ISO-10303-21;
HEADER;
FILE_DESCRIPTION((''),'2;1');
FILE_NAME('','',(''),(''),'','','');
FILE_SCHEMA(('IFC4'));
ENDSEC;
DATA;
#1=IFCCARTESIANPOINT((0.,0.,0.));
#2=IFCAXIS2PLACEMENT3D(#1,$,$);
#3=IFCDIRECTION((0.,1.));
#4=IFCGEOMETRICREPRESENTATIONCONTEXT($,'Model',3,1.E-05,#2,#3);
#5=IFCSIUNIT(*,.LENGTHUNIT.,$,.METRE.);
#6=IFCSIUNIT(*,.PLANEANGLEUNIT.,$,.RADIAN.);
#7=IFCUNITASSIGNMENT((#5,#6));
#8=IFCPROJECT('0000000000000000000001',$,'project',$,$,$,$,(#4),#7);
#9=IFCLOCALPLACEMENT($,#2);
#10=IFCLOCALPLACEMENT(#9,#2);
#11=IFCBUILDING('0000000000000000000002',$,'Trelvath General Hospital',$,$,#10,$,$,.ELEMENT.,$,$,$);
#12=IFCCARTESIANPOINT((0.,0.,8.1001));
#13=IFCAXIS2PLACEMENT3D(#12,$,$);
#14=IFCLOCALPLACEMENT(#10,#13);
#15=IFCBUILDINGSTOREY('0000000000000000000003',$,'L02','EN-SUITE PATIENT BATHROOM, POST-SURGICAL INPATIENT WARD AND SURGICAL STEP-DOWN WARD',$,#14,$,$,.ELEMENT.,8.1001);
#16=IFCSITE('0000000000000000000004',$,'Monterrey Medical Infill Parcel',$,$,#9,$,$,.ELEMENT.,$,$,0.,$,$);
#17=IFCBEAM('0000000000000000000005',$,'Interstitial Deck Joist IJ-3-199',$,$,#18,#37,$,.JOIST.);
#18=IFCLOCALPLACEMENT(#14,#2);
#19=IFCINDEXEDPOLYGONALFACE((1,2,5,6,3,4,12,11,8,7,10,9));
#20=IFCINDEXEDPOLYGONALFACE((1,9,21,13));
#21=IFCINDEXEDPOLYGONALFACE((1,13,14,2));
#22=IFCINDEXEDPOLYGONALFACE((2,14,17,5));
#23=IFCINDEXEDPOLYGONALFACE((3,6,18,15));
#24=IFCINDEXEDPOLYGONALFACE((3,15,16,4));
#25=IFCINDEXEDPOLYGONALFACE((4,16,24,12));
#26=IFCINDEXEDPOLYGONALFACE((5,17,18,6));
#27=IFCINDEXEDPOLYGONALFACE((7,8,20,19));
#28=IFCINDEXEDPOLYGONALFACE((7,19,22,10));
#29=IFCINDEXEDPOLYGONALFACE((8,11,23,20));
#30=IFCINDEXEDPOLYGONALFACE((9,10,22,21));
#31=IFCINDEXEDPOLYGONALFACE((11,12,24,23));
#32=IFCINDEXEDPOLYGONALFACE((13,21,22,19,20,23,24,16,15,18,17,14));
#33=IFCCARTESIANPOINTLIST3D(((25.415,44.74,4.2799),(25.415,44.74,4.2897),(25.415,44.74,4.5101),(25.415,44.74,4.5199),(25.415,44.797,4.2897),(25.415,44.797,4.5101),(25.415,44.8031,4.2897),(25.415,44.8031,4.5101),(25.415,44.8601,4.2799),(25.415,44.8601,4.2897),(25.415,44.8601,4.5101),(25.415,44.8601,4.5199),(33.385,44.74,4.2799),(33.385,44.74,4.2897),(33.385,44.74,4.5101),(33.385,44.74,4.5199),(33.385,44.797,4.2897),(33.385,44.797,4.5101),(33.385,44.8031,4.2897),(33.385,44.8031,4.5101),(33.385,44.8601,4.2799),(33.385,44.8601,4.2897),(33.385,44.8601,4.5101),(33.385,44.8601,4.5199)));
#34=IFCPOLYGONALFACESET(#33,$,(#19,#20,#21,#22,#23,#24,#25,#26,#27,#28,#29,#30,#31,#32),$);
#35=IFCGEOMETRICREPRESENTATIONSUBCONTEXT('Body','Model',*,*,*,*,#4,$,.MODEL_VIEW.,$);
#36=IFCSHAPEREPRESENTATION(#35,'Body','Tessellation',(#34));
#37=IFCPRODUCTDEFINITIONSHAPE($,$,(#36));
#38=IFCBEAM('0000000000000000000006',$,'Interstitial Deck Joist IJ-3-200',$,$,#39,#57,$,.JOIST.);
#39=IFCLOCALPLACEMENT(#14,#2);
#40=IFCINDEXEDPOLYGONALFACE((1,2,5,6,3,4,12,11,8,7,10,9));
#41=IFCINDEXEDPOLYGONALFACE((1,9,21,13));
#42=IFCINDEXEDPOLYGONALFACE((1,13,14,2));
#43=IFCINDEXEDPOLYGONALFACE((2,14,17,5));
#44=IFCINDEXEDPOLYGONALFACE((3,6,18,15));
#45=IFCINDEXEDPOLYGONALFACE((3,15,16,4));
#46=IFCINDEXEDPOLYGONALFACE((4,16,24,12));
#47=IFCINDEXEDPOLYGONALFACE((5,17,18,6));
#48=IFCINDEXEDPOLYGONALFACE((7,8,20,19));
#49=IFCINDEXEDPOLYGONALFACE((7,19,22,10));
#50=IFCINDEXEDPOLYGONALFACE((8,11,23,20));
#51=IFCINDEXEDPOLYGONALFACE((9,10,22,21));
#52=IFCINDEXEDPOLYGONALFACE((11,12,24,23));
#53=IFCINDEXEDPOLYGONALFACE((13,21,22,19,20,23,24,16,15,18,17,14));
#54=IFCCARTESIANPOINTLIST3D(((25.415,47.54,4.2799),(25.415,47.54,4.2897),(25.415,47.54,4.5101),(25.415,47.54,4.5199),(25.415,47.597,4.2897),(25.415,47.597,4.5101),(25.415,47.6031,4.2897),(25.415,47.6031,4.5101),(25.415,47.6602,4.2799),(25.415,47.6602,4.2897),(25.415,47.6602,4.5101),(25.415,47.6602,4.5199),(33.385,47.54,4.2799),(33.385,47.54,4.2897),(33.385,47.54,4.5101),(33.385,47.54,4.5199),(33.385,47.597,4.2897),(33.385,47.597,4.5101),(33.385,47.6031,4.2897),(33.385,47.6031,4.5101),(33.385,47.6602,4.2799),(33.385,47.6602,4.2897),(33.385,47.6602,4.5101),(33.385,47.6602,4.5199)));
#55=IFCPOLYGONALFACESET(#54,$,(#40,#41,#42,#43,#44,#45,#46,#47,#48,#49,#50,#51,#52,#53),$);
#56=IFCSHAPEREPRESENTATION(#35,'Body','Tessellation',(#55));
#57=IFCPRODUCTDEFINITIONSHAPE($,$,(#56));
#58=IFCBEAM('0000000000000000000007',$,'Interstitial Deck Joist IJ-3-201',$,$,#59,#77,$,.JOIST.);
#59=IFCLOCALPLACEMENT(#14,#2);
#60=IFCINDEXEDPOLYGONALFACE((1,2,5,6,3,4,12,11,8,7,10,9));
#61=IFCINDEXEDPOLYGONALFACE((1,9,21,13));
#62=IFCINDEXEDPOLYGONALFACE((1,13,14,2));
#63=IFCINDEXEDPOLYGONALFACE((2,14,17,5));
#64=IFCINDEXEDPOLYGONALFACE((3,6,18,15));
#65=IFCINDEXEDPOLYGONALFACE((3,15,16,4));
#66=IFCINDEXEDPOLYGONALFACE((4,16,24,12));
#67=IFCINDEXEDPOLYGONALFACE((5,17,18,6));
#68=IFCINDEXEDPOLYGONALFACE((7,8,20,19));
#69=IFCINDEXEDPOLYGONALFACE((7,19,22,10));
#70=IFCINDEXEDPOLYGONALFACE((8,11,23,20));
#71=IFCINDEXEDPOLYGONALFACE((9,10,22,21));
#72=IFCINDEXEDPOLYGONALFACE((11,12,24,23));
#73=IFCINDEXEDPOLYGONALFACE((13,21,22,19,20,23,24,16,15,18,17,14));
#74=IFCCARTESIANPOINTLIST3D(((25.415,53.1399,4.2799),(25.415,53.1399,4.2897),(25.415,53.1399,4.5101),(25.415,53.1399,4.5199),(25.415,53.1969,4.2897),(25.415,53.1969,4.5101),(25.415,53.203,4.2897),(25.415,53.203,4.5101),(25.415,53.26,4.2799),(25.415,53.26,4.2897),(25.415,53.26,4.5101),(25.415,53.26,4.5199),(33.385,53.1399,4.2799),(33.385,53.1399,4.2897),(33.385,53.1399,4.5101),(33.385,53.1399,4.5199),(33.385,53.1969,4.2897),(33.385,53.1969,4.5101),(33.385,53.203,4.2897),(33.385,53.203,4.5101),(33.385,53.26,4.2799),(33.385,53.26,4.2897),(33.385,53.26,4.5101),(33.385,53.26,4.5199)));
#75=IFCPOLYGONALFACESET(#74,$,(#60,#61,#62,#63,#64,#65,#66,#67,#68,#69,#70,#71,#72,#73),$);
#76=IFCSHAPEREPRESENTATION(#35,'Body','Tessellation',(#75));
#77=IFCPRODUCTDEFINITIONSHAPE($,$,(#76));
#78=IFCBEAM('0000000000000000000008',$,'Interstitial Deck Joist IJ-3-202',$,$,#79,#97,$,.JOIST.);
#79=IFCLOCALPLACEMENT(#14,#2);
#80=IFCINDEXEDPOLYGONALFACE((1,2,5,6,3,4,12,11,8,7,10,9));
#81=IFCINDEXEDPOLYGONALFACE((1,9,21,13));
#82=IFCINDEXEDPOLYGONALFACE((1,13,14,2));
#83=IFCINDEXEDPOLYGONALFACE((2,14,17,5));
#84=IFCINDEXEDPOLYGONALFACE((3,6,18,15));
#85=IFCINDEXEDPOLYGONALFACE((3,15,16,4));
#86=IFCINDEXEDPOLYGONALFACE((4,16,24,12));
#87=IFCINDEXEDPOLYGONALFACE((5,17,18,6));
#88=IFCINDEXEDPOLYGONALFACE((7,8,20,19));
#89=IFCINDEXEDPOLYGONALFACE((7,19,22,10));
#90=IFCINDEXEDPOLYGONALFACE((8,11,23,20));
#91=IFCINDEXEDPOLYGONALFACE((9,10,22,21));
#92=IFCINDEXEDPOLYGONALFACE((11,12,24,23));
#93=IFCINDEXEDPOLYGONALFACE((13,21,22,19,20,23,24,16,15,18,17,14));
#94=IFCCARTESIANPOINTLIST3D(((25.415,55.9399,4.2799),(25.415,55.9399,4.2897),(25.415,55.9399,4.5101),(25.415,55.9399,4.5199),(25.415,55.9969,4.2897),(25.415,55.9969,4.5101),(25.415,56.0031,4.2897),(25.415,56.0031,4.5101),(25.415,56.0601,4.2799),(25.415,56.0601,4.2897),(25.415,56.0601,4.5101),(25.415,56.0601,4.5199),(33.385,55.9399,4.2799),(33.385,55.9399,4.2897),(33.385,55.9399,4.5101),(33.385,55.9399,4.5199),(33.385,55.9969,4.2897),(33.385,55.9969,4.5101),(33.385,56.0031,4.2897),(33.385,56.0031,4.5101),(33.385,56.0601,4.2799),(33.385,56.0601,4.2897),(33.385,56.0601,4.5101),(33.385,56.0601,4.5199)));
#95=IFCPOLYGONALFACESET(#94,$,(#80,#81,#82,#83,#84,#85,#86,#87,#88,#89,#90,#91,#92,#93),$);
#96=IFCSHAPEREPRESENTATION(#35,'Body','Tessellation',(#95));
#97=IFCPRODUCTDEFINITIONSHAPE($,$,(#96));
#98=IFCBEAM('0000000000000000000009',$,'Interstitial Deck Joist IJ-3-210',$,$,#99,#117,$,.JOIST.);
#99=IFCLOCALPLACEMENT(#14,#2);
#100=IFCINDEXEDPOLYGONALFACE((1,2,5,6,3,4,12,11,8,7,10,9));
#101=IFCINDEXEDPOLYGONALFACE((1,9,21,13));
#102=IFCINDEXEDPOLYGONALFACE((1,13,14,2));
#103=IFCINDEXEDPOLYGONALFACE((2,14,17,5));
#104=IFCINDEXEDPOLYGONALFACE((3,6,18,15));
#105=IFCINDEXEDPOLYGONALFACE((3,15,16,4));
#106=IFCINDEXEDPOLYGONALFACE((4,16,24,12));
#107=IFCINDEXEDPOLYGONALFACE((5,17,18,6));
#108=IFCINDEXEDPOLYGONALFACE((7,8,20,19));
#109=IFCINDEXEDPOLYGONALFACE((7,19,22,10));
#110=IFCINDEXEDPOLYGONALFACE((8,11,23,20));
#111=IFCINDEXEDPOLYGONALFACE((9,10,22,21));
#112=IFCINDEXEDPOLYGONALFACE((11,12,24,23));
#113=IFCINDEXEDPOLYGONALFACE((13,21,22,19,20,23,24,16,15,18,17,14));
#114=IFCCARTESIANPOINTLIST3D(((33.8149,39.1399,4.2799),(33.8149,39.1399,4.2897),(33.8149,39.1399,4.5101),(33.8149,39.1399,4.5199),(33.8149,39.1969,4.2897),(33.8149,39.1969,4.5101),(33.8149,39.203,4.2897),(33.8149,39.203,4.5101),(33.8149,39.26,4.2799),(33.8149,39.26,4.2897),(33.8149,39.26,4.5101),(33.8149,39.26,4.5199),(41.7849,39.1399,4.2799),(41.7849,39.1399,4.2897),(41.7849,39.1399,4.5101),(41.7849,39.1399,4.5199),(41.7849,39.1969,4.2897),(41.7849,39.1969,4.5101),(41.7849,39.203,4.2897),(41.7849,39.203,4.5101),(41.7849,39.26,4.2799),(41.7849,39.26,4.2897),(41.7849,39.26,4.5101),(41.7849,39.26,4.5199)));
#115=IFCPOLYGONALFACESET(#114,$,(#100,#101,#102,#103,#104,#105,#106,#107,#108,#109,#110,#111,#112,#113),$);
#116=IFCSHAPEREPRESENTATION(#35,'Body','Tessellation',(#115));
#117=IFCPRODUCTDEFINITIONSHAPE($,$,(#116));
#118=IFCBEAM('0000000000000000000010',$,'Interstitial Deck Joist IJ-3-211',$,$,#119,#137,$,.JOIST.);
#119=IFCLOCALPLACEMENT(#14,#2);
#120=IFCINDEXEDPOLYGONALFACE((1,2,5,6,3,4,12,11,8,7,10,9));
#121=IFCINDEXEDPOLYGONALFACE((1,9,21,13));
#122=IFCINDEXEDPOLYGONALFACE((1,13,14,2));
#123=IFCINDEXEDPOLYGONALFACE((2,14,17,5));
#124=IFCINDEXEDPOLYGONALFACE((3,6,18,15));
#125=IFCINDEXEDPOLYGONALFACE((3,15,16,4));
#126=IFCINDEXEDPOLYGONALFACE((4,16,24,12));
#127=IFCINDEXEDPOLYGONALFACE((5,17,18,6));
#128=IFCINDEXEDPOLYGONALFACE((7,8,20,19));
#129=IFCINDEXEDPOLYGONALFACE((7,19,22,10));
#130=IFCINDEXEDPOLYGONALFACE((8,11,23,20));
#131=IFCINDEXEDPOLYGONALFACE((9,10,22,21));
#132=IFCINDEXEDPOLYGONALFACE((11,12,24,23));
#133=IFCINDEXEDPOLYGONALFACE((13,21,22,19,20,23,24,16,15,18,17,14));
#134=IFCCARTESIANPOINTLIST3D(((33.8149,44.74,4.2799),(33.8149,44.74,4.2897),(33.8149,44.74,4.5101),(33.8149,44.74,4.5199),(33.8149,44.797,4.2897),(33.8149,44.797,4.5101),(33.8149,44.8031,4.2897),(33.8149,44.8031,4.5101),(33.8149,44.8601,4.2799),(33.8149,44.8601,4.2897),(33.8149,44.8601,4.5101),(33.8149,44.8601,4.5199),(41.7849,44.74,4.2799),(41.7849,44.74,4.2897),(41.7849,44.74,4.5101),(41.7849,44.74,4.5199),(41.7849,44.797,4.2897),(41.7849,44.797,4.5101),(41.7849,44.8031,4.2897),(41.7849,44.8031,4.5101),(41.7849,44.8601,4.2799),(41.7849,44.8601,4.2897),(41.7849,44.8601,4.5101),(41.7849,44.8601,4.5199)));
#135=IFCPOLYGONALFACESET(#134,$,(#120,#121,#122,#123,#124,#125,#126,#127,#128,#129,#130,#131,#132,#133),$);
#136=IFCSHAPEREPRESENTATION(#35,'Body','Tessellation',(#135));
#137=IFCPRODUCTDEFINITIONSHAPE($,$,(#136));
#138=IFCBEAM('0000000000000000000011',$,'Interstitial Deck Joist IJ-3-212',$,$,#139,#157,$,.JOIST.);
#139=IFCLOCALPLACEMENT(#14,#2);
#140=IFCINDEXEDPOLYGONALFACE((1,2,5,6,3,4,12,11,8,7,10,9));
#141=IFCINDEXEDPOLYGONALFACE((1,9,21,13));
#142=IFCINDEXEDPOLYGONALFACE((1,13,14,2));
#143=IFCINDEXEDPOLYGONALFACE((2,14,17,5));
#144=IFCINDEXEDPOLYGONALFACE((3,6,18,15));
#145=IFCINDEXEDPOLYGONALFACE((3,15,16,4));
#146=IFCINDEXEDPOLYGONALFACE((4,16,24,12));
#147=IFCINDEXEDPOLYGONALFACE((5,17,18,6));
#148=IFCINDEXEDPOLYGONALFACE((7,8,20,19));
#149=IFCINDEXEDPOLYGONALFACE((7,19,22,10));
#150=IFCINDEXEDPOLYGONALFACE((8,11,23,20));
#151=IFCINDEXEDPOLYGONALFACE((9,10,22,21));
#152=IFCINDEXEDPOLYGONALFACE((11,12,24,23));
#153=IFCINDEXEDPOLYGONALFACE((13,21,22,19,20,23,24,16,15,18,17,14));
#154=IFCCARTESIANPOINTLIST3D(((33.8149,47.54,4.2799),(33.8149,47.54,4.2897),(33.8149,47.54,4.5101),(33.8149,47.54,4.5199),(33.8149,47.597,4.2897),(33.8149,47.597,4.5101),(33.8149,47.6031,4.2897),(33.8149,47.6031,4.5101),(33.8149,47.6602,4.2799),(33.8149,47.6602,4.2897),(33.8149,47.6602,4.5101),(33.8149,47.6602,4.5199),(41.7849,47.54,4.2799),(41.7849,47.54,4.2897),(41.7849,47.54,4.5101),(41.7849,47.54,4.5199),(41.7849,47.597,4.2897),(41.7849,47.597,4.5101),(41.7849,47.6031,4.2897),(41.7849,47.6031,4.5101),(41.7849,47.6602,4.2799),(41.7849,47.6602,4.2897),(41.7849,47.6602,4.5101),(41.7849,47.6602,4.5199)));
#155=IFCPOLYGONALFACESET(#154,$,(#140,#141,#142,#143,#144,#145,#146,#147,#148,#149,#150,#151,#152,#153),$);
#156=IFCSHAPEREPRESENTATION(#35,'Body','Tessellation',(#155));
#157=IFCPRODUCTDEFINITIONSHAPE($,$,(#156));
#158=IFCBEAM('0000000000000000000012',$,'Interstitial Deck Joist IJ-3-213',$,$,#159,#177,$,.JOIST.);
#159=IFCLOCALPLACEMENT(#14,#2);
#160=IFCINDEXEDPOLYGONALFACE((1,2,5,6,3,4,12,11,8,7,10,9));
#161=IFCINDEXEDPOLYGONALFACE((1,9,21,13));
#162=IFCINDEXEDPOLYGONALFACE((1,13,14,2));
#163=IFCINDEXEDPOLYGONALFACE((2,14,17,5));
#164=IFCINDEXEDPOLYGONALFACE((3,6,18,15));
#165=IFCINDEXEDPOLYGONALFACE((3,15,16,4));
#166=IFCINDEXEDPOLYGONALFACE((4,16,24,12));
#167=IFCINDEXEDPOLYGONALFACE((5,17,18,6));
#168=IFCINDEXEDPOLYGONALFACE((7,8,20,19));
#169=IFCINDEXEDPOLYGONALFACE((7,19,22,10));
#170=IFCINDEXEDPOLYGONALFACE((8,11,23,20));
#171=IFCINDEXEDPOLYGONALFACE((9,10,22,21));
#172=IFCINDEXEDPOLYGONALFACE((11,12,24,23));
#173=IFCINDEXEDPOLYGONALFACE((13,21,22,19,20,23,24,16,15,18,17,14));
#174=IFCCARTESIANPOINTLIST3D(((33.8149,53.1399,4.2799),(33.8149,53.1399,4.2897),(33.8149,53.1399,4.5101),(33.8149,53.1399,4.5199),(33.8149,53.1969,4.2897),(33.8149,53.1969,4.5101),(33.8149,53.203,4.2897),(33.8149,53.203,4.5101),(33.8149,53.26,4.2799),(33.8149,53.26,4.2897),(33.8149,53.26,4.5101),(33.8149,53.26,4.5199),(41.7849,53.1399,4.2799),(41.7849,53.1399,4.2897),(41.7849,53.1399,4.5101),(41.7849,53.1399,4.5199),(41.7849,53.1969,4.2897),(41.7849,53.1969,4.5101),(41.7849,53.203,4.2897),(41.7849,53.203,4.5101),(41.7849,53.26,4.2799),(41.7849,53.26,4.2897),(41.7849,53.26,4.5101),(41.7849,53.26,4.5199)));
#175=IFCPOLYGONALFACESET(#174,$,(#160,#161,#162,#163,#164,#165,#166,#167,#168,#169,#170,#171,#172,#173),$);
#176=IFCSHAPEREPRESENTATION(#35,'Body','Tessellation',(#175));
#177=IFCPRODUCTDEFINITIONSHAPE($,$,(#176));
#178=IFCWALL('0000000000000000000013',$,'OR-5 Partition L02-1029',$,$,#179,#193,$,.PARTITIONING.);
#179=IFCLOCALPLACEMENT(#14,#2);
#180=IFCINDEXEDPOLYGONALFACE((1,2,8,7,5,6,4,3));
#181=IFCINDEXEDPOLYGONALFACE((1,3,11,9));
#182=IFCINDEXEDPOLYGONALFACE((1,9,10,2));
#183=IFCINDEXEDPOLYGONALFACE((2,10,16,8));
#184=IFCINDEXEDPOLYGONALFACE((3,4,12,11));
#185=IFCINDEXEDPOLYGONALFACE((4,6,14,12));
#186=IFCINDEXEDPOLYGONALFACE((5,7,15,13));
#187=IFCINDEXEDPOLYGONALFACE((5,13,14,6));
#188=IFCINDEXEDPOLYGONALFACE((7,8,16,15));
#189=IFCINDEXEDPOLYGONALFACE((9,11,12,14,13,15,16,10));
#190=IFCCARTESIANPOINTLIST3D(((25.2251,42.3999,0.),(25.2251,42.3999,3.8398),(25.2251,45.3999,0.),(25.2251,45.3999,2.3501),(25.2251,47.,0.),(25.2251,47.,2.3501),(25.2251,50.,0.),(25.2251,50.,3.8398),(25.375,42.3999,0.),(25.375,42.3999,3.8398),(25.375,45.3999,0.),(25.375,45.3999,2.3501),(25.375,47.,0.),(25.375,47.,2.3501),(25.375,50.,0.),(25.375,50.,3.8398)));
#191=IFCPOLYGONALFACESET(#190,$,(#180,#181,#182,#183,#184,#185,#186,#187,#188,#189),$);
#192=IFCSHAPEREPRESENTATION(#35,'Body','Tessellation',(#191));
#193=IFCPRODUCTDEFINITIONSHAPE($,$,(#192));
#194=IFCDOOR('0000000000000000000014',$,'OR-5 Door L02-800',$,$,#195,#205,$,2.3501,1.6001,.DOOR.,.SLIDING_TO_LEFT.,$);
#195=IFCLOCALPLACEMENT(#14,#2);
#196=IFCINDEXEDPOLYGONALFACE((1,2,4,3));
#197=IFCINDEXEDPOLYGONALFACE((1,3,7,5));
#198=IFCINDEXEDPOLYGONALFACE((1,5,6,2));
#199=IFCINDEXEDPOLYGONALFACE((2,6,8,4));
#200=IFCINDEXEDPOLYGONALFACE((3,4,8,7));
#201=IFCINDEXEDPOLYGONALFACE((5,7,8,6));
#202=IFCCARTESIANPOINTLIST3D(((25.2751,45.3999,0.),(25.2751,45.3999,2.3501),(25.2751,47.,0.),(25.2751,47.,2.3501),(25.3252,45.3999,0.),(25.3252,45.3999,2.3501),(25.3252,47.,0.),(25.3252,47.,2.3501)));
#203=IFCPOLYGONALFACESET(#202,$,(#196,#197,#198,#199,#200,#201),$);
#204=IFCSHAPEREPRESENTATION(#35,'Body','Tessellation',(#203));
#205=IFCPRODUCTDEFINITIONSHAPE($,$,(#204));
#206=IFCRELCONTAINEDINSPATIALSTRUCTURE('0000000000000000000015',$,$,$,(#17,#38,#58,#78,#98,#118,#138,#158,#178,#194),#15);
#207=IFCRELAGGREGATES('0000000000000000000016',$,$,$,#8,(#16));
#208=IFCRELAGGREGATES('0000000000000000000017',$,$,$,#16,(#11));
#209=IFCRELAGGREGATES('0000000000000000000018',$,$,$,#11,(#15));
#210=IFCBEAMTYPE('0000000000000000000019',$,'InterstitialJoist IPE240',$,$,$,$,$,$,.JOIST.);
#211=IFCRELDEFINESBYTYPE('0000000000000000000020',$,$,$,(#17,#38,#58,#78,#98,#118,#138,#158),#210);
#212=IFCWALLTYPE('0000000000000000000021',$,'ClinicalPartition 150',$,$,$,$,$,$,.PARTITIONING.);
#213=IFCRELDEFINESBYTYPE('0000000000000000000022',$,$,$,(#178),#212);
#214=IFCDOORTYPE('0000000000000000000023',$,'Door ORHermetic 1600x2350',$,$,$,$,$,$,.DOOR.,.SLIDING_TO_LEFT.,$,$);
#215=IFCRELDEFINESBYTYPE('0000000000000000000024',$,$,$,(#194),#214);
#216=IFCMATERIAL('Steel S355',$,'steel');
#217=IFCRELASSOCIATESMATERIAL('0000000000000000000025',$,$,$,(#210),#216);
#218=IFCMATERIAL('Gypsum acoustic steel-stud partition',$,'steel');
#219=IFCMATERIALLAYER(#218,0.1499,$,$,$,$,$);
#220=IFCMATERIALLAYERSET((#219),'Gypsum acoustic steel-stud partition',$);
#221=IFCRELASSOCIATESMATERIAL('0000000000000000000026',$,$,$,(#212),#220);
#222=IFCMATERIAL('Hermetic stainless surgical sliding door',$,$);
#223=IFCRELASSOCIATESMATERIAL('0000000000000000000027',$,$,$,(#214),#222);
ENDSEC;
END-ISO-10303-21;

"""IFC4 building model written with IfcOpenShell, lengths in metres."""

from ifc_helpers import new_model, si_unit, direction, frame, frame_2d, origin, origin_2d, place, context, subcontext, project, spatial, rectangle, i_section, extrude, material, layer, layer_set, material_profile, profile_set, type_object, element, fill, save


model = new_model("IFC4")

# Units and contexts
model_context = context("Model", 3, precision=1e-05, world=origin(), true_north=direction((0.0, 1.0)))
body_context = subcontext(model_context, "Body", "Model", "MODEL_VIEW")
ifc_project = project(units=[si_unit("LENGTHUNIT", "METRE"), si_unit("PLANEANGLEUNIT", "RADIAN")], contexts=[model_context])

# Site, building, storey
site_placement = place(None, origin())
site = spatial("IfcSite", under=ifc_project, at=site_placement, Name="Monterrey Medical Infill Parcel", CompositionType="ELEMENT", RefElevation=0.0)
building_placement = place(site_placement, origin())
building = spatial("IfcBuilding", under=site, at=building_placement, Name="Trelvath General Hospital", CompositionType="ELEMENT")
storey_placement = place(building_placement, frame((0.0, 0.0, 8.1001)))
storey = spatial("IfcBuildingStorey", under=building, at=storey_placement, Name="L02", Description="EN-SUITE PATIENT BATHROOM, POST-SURGICAL INPATIENT WARD AND SURGICAL STEP-DOWN WARD", CompositionType="ELEMENT", Elevation=8.1001)

# Beams
ifc_material_1 = material(Name="Steel S355", Category="steel")
ifc_material_profile_1 = material_profile(ifc_material_1, i_section(OverallWidth=0.1201, OverallDepth=0.24, WebThickness=0.0061, FlangeThickness=0.0098, at=origin_2d()), Name="IPE240")
ifc_profile_set_1 = profile_set([ifc_material_profile_1], Name="Steel S355")
beam_type_1 = type_object("IfcBeamType", Name="InterstitialJoist IPE240", PredefinedType="JOIST", material=ifc_profile_set_1)
for number, where, z_axis, x_axis, name in (
    (1, (25.415, 44.8, 4.3999), (1.0, 0.0, 0.0), (0.0, 1.0, 0.0), "Interstitial Deck Joist IJ-3-199"),
    (2, (25.415, 47.6001, 4.3999), (1.0, 0.0, 0.0), (0.0, 1.0, 0.0), "Interstitial Deck Joist IJ-3-200"),
    (3, (25.415, 53.2, 4.3999), (1.0, 0.0, 0.0), (0.0, 1.0, 0.0), "Interstitial Deck Joist IJ-3-201"),
    (4, (25.415, 56.0, 4.3999), (1.0, 0.0, 0.0), (0.0, 1.0, 0.0), "Interstitial Deck Joist IJ-3-202"),
    (5, (33.8149, 39.2, 4.3999), (1.0, 0.0, 0.0), (0.0, 1.0, 0.0), "Interstitial Deck Joist IJ-3-210"),
    (6, (33.8149, 44.8, 4.3999), (1.0, 0.0, 0.0), (0.0, 1.0, 0.0), "Interstitial Deck Joist IJ-3-211"),
    (7, (33.8149, 47.6001, 4.3999), (1.0, 0.0, 0.0), (0.0, 1.0, 0.0), "Interstitial Deck Joist IJ-3-212"),
    (8, (33.8149, 53.2, 4.3999), (1.0, 0.0, 0.0), (0.0, 1.0, 0.0), "Interstitial Deck Joist IJ-3-213"),
):
    element("IfcBeam", number, at=place(storey_placement, frame(where, z_axis=z_axis, x_axis=x_axis)), inside=storey, type_object=beam_type_1, Name=name, PredefinedType="JOIST", context=body_context, shape_type="SweptSolid", body=[
        extrude(i_section(OverallWidth=0.1201, OverallDepth=0.24, WebThickness=0.0061, FlangeThickness=0.0098, at=origin_2d()), origin(), (0.0, 0.0, 1.0), 7.97),
    ])

# Wall, opening, door
ifc_material_2 = material(Name="Gypsum acoustic steel-stud partition", Category="steel")
ifc_layer = layer(ifc_material_2, 0.1499)
ifc_layer_set = layer_set([ifc_layer], Name="Gypsum acoustic steel-stud partition")
wall_type = type_object("IfcWallType", Name="ClinicalPartition 150", PredefinedType="PARTITIONING", material=ifc_layer_set)
wall_1_placement = place(storey_placement, frame((25.3, 42.3999, 0.0), z_axis=(0.0, 0.0, 1.0), x_axis=(0.0, 1.0, 0.0)))
wall_1 = element("IfcWall", 9, at=wall_1_placement, inside=storey, type_object=wall_type, Name="OR-5 Partition L02-1029", PredefinedType="PARTITIONING", context=body_context, shape_type="SweptSolid", body=[
    extrude(rectangle(XDim=7.6001, YDim=0.1499, at=frame_2d((3.8, 0.0))), origin(), (0.0, 0.0, 1.0), 3.8398),
])
opening_1_placement = place(wall_1_placement, frame((3.0, 0.0, 0.0)))
opening_1 = element("IfcOpeningElement", 10, at=opening_1_placement, cuts=wall_1, PredefinedType="OPENING", context=body_context, shape_type="SweptSolid", body=[
    extrude(rectangle(XDim=1.6001, YDim=2.3501, at=frame_2d((0.8, 1.175))), frame((0.0, 0.085, 0.0), z_axis=(0.0, -1.0, 0.0), x_axis=(1.0, 0.0, 0.0)), (0.0, 0.0, 1.0), 0.1699),
])
ifc_material_3 = material(Name="Hermetic stainless surgical sliding door")
door_type_1 = type_object("IfcDoorType", Name="Door ORHermetic 1600x2350", OperationType="SLIDING_TO_LEFT", PredefinedType="DOOR", material=ifc_material_3)
door_1_placement = place(opening_1_placement, origin())
door_1 = element("IfcDoor", 11, at=door_1_placement, inside=storey, type_object=door_type_1, Name="OR-5 Door L02-800", OperationType="SLIDING_TO_LEFT", OverallHeight=2.3501, OverallWidth=1.6001, PredefinedType="DOOR", context=body_context, shape_type="SweptSolid", body=[
    extrude(rectangle(XDim=1.6001, YDim=2.3501, at=frame_2d((0.8, 1.175))), frame((0.0, 0.0249, 0.0), z_axis=(0.0, -1.0, 0.0), x_axis=(1.0, 0.0, 0.0)), (0.0, 0.0, 1.0), 0.05),
])
fill(opening_1, door_1)

save(model, "model.ifc")
